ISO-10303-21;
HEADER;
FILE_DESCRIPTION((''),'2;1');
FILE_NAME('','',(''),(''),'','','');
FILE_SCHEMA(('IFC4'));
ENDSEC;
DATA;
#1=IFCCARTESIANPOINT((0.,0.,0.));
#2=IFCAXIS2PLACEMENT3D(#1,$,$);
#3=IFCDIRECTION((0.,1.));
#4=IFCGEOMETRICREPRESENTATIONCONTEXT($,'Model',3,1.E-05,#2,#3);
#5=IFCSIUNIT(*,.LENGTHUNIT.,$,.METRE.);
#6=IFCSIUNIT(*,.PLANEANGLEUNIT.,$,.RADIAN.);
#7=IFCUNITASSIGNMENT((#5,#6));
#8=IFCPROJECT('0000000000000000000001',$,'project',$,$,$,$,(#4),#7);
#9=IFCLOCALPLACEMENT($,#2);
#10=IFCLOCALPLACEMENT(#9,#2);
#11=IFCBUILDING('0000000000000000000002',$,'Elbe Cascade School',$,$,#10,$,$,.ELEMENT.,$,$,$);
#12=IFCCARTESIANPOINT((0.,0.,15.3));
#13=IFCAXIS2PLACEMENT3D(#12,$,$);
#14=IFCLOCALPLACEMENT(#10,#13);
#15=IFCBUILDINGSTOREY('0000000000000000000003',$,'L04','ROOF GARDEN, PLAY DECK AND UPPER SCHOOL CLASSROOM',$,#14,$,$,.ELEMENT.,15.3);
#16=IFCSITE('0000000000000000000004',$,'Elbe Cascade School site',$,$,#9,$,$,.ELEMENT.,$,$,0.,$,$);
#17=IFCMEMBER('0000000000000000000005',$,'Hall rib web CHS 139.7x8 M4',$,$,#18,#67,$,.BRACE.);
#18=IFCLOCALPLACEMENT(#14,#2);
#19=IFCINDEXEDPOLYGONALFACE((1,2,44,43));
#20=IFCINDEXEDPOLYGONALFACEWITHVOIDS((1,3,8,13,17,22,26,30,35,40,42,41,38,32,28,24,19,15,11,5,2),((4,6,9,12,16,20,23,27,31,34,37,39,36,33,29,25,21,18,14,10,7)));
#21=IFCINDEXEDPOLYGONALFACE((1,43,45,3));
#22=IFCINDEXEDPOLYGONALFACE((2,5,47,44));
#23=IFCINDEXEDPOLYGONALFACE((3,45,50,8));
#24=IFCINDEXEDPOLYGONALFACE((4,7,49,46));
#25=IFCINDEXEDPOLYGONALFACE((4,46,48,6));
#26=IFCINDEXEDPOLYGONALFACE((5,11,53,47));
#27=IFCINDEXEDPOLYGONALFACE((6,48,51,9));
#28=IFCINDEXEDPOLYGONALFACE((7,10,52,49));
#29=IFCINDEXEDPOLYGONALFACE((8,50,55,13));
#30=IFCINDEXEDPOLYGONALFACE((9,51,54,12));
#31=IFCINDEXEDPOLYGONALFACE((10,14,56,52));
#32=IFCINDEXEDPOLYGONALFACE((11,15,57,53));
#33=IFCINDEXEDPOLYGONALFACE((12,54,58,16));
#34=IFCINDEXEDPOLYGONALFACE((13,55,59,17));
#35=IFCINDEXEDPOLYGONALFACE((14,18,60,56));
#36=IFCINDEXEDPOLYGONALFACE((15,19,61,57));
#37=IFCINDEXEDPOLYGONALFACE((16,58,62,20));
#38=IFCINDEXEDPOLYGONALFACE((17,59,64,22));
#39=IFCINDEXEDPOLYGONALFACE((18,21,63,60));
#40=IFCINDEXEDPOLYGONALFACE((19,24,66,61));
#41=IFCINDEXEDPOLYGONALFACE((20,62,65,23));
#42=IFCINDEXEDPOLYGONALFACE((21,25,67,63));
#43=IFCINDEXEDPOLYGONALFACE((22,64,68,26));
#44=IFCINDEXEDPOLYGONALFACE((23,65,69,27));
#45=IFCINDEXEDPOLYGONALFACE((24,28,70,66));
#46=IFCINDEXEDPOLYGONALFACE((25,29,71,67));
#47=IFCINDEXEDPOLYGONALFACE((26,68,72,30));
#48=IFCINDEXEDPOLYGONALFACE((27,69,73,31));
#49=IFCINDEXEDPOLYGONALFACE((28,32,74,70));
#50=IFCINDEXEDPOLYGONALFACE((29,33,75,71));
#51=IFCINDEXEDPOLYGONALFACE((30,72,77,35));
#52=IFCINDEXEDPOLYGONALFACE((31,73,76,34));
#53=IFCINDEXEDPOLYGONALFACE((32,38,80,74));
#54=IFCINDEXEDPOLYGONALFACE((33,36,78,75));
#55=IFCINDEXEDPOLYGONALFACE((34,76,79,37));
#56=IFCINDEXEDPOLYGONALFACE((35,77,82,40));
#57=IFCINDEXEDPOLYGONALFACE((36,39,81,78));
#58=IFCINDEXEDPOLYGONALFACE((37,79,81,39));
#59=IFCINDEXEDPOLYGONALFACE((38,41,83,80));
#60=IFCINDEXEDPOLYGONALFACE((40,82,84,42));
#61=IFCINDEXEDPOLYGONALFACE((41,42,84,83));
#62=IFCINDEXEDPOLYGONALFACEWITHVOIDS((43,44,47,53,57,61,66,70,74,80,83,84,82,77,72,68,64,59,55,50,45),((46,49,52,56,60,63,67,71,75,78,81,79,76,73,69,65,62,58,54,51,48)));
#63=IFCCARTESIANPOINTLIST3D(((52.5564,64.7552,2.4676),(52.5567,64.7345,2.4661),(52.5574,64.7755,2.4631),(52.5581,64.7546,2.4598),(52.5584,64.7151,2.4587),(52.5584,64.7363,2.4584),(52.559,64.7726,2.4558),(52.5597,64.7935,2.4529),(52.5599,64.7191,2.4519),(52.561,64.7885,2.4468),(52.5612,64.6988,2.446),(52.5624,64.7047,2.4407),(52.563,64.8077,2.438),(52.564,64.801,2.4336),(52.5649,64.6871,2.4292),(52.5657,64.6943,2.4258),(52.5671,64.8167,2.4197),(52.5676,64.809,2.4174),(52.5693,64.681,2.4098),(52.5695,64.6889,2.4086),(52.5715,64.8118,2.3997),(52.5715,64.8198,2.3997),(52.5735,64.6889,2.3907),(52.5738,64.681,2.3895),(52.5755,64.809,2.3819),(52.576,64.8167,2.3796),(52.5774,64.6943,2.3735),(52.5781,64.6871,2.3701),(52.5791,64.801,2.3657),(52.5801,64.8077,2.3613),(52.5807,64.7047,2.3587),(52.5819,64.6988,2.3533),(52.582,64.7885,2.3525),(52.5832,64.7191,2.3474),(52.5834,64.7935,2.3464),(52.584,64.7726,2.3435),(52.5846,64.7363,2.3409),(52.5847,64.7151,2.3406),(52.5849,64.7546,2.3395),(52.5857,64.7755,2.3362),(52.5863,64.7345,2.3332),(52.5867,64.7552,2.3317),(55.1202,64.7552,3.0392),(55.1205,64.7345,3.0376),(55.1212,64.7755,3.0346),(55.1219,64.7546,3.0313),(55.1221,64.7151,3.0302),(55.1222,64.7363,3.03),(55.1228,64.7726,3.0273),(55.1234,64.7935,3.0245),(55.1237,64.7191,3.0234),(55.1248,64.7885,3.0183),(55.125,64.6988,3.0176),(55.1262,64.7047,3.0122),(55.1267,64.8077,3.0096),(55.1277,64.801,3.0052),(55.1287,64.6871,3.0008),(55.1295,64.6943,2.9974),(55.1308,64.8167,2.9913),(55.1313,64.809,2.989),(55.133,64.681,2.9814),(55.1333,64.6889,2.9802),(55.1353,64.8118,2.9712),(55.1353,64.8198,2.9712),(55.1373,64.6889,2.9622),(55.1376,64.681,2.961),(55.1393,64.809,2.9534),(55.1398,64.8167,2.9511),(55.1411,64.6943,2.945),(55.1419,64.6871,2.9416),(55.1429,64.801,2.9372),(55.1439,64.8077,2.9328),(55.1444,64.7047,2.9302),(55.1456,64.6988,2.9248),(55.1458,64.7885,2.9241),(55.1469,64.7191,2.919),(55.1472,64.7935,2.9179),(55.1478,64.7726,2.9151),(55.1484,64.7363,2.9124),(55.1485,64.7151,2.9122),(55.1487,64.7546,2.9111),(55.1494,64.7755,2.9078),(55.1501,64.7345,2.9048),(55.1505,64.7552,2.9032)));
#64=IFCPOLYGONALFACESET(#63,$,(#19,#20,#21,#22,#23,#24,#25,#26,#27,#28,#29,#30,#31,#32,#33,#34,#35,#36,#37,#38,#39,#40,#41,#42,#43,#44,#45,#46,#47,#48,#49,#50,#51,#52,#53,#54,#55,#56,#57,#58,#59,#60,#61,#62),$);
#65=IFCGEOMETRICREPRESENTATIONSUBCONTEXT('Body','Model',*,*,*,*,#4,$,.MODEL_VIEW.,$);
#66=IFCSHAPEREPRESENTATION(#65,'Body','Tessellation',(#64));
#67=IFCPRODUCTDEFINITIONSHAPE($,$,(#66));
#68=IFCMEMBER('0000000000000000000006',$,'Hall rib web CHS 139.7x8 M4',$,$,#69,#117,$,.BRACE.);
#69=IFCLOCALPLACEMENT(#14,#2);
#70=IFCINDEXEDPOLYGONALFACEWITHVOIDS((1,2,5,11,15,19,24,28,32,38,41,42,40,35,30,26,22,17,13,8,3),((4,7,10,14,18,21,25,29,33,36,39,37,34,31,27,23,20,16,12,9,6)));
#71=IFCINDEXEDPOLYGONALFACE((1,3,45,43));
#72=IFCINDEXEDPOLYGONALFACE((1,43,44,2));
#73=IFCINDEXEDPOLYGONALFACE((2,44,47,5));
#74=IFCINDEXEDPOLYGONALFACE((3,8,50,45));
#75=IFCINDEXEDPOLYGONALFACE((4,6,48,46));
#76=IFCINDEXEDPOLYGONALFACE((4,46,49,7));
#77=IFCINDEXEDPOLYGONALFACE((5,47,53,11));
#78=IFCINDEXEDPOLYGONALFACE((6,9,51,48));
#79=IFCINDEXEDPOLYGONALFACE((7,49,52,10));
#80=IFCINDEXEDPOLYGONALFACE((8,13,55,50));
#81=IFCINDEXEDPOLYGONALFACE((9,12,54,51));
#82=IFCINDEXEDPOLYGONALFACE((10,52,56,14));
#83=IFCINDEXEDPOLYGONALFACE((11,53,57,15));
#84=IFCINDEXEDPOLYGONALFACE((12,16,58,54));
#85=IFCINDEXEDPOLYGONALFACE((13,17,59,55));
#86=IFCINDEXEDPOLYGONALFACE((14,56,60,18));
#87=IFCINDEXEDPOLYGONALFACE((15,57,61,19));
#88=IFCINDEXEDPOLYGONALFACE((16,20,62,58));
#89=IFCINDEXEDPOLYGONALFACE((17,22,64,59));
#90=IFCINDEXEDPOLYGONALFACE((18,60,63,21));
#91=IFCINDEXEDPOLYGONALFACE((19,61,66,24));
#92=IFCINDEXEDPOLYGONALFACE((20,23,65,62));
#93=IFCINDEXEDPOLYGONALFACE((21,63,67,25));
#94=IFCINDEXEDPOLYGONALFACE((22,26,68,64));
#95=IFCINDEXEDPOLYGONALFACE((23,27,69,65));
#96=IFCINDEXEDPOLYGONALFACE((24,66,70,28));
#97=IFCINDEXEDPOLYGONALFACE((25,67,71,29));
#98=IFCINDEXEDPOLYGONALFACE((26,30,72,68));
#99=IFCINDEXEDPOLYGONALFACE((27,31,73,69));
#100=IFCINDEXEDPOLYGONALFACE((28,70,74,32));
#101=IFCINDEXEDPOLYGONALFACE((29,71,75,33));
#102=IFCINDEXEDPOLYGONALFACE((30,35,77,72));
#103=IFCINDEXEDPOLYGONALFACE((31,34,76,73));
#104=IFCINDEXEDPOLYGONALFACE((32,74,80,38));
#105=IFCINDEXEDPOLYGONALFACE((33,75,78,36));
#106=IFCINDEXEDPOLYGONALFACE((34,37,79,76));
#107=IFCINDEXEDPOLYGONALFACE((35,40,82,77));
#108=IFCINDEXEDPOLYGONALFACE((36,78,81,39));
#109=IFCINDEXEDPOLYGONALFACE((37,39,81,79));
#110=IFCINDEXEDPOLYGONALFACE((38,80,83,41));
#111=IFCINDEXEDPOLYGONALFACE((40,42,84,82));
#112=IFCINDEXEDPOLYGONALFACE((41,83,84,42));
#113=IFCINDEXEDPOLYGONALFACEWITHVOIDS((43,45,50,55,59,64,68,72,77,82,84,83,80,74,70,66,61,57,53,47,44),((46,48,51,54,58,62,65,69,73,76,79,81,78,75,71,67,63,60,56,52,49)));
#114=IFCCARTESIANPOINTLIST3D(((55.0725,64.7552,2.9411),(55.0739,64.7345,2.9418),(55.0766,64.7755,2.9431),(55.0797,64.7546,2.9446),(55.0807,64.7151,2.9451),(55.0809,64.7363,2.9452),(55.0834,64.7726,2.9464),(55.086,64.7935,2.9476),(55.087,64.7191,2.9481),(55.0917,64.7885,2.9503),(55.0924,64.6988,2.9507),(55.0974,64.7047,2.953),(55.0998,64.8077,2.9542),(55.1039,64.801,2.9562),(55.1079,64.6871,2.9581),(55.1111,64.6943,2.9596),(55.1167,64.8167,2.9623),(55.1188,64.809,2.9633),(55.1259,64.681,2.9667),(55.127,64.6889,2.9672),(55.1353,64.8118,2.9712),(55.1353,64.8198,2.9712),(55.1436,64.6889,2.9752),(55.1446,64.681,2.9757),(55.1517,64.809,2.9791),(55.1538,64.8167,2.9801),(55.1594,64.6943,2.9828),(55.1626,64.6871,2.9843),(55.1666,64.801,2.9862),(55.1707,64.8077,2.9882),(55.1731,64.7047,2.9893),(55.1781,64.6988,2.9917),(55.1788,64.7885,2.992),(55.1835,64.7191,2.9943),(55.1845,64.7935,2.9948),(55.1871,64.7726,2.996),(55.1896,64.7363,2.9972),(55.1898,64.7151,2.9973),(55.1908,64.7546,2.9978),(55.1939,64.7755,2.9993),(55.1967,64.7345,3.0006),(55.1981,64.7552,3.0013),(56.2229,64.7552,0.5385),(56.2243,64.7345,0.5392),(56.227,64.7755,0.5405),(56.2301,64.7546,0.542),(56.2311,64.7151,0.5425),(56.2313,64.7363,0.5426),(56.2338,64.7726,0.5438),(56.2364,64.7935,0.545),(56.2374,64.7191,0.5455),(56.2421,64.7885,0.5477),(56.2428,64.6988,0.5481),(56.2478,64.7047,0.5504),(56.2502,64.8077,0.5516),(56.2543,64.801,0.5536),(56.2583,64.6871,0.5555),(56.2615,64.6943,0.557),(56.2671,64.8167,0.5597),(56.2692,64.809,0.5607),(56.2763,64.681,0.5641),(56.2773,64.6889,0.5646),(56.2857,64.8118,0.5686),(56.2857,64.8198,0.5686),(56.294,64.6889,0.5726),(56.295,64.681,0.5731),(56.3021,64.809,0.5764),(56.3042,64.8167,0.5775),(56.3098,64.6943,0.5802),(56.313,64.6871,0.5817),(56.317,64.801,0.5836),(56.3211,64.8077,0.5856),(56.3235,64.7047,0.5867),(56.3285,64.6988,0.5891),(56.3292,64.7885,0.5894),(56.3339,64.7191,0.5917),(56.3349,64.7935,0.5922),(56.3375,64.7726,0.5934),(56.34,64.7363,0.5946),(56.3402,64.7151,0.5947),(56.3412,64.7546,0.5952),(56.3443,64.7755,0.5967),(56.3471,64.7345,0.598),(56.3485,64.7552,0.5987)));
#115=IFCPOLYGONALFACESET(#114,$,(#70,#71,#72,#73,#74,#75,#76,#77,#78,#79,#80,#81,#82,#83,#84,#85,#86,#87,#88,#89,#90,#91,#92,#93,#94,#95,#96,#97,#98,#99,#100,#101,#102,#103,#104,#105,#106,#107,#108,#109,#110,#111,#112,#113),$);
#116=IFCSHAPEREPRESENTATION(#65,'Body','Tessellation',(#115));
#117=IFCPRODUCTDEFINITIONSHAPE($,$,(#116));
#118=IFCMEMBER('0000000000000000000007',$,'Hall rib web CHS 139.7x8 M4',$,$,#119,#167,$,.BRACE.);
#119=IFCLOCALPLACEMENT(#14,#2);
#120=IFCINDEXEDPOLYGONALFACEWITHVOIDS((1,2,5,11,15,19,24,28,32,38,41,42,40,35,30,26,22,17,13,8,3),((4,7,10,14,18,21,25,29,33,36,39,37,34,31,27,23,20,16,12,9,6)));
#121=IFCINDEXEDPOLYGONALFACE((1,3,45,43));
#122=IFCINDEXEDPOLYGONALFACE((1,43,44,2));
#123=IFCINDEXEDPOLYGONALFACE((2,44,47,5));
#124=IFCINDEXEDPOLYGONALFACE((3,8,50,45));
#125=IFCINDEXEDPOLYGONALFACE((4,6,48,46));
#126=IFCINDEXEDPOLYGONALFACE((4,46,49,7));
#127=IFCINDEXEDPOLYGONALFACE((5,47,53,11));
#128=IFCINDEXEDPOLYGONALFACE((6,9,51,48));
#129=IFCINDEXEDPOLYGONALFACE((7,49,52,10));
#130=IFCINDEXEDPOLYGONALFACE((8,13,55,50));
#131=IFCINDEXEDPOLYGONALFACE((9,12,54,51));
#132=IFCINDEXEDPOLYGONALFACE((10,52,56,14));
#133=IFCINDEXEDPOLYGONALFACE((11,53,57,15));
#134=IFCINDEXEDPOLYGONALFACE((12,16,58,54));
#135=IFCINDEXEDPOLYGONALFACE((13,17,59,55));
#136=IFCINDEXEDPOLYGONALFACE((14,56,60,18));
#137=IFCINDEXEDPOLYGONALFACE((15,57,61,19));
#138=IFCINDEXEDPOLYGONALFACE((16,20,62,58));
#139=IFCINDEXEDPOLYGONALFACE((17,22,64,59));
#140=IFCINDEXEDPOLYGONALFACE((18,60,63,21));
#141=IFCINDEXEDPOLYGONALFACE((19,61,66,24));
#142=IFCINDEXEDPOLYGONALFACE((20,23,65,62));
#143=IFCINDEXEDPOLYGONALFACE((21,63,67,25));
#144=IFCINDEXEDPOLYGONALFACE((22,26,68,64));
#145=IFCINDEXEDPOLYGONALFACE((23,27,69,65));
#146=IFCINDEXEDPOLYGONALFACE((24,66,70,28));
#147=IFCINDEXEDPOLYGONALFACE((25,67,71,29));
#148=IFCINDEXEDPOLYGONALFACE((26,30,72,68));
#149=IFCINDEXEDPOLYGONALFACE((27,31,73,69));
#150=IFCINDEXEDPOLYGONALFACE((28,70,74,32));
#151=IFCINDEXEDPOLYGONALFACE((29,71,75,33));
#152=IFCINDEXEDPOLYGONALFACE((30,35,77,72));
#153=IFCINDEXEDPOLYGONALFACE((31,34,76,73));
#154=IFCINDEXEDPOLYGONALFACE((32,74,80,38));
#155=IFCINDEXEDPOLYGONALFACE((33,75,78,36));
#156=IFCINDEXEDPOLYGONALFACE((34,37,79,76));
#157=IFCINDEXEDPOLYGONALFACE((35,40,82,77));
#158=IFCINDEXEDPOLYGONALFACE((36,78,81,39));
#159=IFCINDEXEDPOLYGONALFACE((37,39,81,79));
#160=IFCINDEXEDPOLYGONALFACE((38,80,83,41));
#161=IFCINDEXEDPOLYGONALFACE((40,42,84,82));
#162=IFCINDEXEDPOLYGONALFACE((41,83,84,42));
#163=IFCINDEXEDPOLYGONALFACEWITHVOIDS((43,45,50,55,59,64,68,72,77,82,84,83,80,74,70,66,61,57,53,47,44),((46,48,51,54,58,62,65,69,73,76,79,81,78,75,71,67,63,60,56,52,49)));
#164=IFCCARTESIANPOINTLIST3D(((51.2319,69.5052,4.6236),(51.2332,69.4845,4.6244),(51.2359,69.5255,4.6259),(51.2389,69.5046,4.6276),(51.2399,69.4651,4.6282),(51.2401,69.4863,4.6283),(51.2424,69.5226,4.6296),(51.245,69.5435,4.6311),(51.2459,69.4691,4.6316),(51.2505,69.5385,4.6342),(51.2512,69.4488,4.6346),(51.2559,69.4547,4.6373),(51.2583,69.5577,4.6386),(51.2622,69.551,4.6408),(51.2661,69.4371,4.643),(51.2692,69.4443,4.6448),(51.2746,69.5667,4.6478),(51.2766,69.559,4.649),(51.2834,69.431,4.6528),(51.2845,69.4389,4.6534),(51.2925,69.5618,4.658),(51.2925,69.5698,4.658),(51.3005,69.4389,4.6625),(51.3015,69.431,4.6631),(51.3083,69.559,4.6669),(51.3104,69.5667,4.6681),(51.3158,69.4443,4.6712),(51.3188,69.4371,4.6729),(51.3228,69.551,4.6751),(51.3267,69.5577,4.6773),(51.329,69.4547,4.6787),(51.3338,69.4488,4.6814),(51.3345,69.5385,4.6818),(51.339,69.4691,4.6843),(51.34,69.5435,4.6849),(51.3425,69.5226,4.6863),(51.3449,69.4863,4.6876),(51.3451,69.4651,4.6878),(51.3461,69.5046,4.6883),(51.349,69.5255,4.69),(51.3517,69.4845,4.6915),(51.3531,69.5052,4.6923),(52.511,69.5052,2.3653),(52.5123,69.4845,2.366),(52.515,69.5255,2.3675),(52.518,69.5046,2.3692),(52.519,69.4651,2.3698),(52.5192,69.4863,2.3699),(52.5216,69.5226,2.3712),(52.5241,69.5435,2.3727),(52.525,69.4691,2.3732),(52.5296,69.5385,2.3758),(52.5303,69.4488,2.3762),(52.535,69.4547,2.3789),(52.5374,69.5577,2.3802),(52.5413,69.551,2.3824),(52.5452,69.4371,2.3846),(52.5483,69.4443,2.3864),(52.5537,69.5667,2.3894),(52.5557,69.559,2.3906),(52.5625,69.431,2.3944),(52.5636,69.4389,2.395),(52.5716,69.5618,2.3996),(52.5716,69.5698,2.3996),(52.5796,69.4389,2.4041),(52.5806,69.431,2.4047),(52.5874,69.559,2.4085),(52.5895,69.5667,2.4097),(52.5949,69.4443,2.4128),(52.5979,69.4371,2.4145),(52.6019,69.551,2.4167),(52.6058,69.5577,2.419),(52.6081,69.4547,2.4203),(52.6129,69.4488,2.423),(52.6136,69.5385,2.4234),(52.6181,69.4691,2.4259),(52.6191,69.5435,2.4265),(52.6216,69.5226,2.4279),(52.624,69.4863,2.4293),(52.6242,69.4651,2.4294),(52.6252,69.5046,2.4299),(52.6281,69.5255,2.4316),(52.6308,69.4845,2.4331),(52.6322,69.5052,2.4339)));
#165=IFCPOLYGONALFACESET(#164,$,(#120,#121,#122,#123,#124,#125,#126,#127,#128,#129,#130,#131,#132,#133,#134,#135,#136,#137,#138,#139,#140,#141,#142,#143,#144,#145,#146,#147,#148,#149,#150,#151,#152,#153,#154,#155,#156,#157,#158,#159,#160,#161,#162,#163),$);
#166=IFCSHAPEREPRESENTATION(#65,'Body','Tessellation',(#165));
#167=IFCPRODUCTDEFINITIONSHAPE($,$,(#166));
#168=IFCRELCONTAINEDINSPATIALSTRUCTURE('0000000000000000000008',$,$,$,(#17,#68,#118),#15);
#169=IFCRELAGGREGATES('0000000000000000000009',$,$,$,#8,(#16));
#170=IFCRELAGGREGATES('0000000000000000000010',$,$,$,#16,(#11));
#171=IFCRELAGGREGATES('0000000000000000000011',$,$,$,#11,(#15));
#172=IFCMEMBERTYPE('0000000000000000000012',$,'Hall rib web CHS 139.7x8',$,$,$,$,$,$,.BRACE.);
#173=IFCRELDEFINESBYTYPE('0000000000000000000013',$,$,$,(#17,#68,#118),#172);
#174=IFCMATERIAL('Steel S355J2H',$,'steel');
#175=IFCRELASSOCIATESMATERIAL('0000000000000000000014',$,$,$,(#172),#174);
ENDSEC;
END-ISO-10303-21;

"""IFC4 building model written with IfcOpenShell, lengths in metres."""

from ifc_helpers import new_model, si_unit, direction, frame, origin, origin_2d, place, context, subcontext, project, spatial, hollow_circle, extrude, material, material_profile, profile_set, type_object, element, save


model = new_model("IFC4")

# Units and contexts
model_context = context("Model", 3, precision=1e-05, world=origin(), true_north=direction((0.0, 1.0)))
body_context = subcontext(model_context, "Body", "Model", "MODEL_VIEW")
ifc_project = project(units=[si_unit("LENGTHUNIT", "METRE"), si_unit("PLANEANGLEUNIT", "RADIAN")], contexts=[model_context])

# Site, building, storey
site_placement = place(None, origin())
site = spatial("IfcSite", under=ifc_project, at=site_placement, Name="Elbe Cascade School site", CompositionType="ELEMENT", RefElevation=0.0)
building_placement = place(site_placement, origin())
building = spatial("IfcBuilding", under=site, at=building_placement, Name="Elbe Cascade School", CompositionType="ELEMENT")
storey_placement = place(building_placement, frame((0.0, 0.0, 15.3)))
storey = spatial("IfcBuildingStorey", under=building, at=storey_placement, Name="L04", Description="ROOF GARDEN, PLAY DECK AND UPPER SCHOOL CLASSROOM", CompositionType="ELEMENT", Elevation=15.3)

# Members
ifc_material_1 = material(Name="Steel S355J2H", Category="steel")
ifc_material_profile_1 = material_profile(ifc_material_1, hollow_circle(Radius=0.0698, WallThickness=0.0081, at=origin_2d()), Name="CHS 139.7x8")
ifc_profile_set_1 = profile_set([ifc_material_profile_1], Name="Steel S355J2H")
member_type_1 = type_object("IfcMemberType", Name="Hall rib web CHS 139.7x8", PredefinedType="BRACE", material=ifc_profile_set_1)
member_1_placement = place(storey_placement, frame((52.5715, 64.75, 2.3997), z_axis=(0.97604, 0.0, 0.21759), x_axis=(0.0, 1.0, 0.0)))
element("IfcMember", 1, at=member_1_placement, inside=storey, type_object=member_type_1, Name="Hall rib web CHS 139.7x8 M4", PredefinedType="BRACE", context=body_context, shape_type="SweptSolid", body=[
    extrude(hollow_circle(Radius=0.0698, WallThickness=0.0081, at=origin_2d()), origin(), (0.0, 0.0, 1.0), 2.6267),
])
member_2_placement = place(storey_placement, frame((55.1353, 64.75, 2.9712), z_axis=(0.431861, 0.0, -0.90194), x_axis=(0.0, 1.0, 0.0)))
element("IfcMember", 2, at=member_2_placement, inside=storey, type_object=member_type_1, Name="Hall rib web CHS 139.7x8 M4", PredefinedType="BRACE", context=body_context, shape_type="SweptSolid", body=[
    extrude(hollow_circle(Radius=0.0698, WallThickness=0.0081, at=origin_2d()), origin(), (0.0, 0.0, 1.0), 2.6638),
])
member_3_placement = place(storey_placement, frame((51.2925, 69.5, 4.658), z_axis=(0.492823, 0.0, -0.87013), x_axis=(0.0, 1.0, 0.0)))
element("IfcMember", 3, at=member_3_placement, inside=storey, type_object=member_type_1, Name="Hall rib web CHS 139.7x8 M4", PredefinedType="BRACE", context=body_context, shape_type="SweptSolid", body=[
    extrude(hollow_circle(Radius=0.0698, WallThickness=0.0081, at=origin_2d()), origin(), (0.0, 0.0, 1.0), 2.5955),
])

save(model, "model.ifc")
